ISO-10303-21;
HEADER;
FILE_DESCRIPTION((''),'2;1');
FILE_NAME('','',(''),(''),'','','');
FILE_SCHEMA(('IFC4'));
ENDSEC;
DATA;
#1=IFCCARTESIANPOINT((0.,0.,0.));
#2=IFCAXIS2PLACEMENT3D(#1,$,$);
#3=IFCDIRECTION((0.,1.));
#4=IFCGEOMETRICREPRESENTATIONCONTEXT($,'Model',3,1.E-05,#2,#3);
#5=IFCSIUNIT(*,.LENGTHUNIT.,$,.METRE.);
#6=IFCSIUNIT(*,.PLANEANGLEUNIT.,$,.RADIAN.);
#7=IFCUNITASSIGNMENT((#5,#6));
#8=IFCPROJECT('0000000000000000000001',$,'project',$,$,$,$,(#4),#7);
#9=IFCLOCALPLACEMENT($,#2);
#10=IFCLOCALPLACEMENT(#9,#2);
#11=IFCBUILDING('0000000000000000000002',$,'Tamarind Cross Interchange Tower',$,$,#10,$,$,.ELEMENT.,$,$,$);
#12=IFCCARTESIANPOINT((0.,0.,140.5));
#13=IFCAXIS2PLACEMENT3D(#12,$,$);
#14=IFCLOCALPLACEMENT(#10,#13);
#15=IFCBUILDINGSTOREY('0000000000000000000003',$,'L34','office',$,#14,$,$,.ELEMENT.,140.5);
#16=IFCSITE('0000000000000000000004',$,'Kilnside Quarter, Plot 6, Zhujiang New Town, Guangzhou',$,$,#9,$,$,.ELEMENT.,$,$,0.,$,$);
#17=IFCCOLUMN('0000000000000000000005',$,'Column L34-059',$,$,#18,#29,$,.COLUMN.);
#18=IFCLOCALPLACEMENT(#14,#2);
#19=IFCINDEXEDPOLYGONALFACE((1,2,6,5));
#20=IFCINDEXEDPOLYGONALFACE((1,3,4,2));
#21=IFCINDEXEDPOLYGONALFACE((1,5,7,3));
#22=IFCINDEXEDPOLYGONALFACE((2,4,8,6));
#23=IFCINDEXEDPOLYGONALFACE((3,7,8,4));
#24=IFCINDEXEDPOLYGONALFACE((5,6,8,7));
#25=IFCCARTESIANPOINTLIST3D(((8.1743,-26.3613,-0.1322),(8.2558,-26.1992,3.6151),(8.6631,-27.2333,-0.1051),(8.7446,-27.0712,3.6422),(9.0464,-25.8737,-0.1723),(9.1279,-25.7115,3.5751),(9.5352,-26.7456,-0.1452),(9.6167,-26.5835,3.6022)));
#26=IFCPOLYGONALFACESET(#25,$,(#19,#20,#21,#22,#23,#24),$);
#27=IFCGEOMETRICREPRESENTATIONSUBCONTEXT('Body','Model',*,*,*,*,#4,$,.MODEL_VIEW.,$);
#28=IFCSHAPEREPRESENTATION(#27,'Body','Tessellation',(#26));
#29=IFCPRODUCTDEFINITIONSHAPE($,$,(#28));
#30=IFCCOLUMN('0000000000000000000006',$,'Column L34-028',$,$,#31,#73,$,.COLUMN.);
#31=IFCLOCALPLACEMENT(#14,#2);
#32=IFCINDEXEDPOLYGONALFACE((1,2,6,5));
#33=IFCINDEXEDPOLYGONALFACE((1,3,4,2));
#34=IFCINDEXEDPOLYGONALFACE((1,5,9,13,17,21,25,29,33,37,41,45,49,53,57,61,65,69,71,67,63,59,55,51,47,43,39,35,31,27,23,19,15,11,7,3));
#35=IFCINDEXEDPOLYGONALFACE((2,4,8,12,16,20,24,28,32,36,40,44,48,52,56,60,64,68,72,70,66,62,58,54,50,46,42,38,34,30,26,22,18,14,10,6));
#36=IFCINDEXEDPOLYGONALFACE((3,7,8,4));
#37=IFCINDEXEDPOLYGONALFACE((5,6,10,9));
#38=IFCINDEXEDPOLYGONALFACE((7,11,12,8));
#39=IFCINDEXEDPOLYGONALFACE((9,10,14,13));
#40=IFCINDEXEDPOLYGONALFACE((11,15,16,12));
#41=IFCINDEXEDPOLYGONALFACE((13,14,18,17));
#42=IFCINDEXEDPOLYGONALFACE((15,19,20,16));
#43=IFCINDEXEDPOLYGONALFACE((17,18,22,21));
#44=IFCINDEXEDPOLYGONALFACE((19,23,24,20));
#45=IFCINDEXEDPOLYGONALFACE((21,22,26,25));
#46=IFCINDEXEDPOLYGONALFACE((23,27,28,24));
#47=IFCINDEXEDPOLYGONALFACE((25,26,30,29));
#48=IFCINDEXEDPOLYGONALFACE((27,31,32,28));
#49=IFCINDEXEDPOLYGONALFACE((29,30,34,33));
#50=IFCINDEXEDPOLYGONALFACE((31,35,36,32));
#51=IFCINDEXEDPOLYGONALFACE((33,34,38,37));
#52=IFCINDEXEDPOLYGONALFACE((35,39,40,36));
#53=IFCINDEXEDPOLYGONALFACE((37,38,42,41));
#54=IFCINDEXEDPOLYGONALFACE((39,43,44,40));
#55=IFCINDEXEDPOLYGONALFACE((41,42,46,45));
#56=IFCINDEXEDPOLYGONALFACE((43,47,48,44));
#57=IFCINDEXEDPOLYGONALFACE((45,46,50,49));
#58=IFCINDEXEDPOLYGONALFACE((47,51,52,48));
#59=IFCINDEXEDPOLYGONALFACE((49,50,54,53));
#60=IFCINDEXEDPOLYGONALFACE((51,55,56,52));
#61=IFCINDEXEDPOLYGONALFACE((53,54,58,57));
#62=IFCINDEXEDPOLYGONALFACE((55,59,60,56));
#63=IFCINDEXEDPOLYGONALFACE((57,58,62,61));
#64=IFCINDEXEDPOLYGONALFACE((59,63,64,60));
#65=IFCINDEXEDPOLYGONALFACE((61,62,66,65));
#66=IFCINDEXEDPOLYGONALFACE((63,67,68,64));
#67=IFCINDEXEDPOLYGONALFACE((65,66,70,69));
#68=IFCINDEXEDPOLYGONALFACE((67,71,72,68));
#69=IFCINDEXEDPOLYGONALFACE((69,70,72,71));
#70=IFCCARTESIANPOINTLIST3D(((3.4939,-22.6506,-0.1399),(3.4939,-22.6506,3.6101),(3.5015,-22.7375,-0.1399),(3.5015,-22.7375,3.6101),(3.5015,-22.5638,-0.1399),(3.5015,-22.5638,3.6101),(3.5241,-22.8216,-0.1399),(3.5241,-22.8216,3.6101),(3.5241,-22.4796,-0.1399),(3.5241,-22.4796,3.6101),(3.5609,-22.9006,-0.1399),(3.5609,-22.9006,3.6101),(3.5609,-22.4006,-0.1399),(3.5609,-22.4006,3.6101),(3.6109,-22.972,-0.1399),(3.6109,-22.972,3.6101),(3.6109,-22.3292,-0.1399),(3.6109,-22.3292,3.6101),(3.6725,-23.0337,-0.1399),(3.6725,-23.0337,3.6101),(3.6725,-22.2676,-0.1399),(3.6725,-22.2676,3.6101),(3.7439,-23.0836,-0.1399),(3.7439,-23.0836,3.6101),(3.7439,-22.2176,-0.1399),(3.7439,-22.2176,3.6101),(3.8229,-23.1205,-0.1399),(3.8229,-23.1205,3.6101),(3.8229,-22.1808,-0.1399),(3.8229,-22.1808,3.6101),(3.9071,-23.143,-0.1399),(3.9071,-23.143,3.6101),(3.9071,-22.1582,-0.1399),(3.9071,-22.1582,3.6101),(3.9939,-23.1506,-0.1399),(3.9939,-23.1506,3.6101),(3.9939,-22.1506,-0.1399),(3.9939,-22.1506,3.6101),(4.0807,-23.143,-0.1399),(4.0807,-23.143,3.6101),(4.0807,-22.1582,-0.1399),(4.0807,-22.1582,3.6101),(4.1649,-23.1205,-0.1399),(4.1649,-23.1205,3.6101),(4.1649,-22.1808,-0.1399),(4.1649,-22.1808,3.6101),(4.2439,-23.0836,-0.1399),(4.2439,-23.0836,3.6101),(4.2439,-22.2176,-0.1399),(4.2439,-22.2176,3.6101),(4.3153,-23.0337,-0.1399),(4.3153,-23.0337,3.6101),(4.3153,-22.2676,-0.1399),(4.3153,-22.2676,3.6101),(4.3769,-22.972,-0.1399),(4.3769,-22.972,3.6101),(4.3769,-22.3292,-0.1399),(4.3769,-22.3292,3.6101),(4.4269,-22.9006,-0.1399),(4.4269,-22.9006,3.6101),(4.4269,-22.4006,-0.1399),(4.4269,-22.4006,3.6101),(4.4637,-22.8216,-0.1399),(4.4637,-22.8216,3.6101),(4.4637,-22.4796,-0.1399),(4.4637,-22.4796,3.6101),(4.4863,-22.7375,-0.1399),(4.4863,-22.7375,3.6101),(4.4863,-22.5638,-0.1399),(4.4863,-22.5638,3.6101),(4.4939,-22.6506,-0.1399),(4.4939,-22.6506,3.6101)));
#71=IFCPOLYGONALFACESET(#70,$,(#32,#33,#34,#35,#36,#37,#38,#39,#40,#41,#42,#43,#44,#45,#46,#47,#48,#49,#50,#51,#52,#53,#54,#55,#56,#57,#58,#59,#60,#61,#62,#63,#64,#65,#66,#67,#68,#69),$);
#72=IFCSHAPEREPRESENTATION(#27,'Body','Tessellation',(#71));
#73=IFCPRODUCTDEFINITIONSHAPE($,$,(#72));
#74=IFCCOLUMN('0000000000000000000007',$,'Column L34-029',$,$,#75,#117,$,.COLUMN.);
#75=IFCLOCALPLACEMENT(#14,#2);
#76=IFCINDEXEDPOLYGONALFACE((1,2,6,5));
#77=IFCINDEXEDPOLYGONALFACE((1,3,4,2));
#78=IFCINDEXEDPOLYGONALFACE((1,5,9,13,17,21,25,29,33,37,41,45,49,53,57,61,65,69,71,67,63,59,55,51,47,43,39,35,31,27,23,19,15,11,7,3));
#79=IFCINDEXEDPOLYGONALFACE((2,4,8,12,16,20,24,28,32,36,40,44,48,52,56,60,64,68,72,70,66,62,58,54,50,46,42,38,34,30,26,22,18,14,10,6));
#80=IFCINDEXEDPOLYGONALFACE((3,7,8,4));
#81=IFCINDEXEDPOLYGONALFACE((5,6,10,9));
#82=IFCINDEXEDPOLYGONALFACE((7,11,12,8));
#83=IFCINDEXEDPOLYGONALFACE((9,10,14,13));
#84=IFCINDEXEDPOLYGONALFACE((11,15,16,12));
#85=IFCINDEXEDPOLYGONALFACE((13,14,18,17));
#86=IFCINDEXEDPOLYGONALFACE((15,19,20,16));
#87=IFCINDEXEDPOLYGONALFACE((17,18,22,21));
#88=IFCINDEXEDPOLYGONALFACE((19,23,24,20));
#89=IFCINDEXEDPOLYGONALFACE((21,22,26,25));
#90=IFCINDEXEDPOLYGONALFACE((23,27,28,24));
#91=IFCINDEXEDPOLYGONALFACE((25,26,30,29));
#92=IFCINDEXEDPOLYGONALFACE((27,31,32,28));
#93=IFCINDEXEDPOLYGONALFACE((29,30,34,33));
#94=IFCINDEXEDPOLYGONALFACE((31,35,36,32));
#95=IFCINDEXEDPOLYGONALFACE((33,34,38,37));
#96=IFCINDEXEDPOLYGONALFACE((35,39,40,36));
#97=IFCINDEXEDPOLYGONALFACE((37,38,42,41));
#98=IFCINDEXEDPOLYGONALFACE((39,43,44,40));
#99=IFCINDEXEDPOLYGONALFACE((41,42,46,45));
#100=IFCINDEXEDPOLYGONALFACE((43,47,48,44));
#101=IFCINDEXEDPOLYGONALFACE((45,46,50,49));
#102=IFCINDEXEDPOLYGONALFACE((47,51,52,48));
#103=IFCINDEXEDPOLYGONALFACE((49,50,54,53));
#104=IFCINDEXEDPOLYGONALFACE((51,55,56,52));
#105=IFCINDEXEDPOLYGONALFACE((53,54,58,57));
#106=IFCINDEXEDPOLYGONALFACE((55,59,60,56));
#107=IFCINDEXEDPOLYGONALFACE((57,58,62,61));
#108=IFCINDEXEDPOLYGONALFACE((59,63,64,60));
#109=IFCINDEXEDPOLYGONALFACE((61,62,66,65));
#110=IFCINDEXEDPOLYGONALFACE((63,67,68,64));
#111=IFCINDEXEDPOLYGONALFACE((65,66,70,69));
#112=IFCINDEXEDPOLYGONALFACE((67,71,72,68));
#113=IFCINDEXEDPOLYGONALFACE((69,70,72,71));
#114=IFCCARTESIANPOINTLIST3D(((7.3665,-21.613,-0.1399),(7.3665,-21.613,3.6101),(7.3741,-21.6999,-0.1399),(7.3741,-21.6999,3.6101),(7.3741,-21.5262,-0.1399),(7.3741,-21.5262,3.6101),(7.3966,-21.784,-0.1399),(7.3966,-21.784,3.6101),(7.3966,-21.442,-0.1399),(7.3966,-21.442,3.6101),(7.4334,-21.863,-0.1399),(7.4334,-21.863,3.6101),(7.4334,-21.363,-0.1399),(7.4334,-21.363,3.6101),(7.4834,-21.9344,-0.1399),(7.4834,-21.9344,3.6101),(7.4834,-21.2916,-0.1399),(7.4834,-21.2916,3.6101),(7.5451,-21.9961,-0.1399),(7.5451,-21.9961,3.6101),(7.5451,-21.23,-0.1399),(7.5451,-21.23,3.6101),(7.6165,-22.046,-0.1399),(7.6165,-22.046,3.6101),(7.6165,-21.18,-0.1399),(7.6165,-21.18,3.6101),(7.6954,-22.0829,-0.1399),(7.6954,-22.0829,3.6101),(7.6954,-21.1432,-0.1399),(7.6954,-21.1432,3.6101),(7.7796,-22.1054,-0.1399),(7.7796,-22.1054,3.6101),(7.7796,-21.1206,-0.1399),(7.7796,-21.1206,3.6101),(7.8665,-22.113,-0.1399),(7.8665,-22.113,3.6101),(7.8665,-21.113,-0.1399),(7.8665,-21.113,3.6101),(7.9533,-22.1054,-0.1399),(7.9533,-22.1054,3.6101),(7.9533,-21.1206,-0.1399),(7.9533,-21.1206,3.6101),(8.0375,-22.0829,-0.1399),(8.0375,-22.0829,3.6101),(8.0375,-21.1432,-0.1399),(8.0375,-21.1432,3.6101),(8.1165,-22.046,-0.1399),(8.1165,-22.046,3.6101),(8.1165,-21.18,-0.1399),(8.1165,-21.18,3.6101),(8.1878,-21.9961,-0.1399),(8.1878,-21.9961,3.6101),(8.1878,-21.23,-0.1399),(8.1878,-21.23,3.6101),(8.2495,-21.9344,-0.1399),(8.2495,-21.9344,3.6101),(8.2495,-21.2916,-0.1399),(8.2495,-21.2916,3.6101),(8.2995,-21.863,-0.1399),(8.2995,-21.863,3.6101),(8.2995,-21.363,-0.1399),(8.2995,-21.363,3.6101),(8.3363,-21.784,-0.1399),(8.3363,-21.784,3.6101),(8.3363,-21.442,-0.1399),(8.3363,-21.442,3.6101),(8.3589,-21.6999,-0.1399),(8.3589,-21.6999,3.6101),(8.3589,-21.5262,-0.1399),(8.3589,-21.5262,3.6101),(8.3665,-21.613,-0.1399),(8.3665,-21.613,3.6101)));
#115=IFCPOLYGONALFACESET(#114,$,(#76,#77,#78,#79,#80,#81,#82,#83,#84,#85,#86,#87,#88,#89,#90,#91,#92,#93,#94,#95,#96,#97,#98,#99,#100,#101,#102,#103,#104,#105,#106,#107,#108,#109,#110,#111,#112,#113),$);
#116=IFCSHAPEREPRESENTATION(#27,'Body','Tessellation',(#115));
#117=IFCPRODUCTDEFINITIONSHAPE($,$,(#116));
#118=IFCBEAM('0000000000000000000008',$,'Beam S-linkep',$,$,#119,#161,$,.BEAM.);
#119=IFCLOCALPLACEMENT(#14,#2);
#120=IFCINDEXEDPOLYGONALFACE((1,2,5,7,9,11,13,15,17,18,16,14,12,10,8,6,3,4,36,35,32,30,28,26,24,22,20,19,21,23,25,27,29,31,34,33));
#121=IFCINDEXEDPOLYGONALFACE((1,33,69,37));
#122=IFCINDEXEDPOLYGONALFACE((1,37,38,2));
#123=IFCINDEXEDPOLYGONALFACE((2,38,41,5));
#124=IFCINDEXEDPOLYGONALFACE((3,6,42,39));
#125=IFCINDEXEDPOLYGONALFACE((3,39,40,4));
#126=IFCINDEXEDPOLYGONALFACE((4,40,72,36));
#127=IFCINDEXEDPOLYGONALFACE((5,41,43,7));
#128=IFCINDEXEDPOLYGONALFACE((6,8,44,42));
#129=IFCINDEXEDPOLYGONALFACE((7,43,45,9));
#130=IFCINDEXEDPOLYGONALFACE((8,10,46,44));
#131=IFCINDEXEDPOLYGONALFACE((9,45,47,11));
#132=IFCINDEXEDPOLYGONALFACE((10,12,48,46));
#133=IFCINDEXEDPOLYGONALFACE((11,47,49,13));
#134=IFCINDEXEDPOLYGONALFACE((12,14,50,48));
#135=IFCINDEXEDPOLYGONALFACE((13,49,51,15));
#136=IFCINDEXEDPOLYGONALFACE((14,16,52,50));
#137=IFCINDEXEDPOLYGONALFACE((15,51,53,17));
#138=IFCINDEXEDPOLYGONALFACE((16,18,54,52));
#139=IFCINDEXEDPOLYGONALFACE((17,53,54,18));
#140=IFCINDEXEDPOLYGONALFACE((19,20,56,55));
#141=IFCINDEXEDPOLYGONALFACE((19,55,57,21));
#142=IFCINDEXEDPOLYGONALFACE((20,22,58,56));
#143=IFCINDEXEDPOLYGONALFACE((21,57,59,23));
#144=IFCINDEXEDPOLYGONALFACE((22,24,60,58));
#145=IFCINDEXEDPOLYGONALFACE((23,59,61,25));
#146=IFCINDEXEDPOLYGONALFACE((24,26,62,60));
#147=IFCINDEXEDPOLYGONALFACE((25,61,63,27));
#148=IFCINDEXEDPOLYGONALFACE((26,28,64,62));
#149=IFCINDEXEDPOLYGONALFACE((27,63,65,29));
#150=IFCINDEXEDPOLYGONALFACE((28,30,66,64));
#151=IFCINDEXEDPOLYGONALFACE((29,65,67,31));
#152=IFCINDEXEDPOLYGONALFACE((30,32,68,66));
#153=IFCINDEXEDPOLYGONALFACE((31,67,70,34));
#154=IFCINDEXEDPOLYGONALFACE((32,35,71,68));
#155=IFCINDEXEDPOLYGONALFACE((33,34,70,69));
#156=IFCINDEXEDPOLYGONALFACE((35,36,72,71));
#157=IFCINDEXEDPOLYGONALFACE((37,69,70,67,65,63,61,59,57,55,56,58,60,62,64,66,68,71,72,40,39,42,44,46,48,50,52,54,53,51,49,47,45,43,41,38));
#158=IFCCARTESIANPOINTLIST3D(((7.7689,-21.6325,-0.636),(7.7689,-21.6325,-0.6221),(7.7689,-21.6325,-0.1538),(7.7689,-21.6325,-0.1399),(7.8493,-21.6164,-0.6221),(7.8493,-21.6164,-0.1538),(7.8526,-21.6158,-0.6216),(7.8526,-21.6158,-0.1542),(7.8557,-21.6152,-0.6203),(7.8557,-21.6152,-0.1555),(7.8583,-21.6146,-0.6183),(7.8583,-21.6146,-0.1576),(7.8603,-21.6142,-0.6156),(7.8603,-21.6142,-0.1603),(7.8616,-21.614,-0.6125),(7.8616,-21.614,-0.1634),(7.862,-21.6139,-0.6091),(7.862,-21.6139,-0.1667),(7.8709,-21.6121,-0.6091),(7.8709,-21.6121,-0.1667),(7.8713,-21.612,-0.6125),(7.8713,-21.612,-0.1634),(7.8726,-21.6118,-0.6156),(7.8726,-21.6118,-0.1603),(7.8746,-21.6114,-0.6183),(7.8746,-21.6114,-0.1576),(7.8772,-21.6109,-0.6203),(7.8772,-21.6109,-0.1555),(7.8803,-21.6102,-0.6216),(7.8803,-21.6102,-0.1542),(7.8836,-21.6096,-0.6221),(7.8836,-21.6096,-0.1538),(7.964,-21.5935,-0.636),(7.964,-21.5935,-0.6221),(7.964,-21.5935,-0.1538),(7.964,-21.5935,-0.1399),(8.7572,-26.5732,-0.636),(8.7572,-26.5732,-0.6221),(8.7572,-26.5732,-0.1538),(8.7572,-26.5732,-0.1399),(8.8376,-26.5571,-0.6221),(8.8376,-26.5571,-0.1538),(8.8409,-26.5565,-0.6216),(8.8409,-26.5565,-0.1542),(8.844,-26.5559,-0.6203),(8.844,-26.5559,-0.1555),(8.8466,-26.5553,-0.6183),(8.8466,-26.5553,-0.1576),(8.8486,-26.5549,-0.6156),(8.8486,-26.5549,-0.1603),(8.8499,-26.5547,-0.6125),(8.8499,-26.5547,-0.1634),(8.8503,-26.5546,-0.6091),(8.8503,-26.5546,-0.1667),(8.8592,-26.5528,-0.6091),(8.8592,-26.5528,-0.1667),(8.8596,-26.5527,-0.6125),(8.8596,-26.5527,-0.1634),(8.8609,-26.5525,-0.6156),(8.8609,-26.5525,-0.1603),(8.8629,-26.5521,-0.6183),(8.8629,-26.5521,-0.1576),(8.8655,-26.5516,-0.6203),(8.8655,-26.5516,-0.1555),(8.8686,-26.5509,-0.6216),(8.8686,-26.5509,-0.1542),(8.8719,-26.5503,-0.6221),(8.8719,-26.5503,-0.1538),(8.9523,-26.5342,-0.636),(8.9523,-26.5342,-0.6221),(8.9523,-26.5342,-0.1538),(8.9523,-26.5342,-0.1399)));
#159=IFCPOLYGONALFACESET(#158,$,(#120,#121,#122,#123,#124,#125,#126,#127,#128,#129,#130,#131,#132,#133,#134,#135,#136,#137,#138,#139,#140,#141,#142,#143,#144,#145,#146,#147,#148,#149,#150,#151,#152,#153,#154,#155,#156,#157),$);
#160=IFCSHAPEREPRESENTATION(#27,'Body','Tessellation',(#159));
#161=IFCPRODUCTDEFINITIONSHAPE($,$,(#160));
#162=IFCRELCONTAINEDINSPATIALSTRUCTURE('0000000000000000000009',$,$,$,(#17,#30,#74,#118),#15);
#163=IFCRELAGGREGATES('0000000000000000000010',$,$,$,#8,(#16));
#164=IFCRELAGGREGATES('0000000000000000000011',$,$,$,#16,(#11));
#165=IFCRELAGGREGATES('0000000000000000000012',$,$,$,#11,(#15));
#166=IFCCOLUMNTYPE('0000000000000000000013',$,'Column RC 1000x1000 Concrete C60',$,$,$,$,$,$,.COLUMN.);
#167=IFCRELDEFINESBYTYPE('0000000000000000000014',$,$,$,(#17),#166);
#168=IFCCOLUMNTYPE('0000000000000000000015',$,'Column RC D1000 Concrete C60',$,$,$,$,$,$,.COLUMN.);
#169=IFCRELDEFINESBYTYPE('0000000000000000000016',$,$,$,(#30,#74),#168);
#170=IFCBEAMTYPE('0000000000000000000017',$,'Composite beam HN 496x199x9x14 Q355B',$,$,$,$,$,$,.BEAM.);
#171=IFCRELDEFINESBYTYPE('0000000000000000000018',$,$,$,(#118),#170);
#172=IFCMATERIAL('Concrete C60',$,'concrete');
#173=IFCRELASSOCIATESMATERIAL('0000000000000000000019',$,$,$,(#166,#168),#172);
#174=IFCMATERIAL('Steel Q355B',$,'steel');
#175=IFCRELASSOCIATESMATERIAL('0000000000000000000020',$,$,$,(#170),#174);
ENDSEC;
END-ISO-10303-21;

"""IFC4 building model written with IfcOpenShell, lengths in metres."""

from ifc_helpers import new_model, si_unit, direction, frame, origin, origin_2d, place, context, subcontext, project, spatial, rectangle, circle, i_section, extrude, material, material_profile, profile_set, type_object, element, save


model = new_model("IFC4")

# Units and contexts
model_context = context("Model", 3, precision=1e-05, world=origin(), true_north=direction((0.0, 1.0)))
body_context = subcontext(model_context, "Body", "Model", "MODEL_VIEW")
ifc_project = project(units=[si_unit("LENGTHUNIT", "METRE"), si_unit("PLANEANGLEUNIT", "RADIAN")], contexts=[model_context])

# Site, building, storey
site_placement = place(None, origin())
site = spatial("IfcSite", under=ifc_project, at=site_placement, Name="Kilnside Quarter, Plot 6, Zhujiang New Town, Guangzhou", CompositionType="ELEMENT", RefElevation=0.0)
building_placement = place(site_placement, origin())
building = spatial("IfcBuilding", under=site, at=building_placement, Name="Tamarind Cross Interchange Tower", CompositionType="ELEMENT")
storey_placement = place(building_placement, frame((0.0, 0.0, 140.5)))
storey = spatial("IfcBuildingStorey", under=building, at=storey_placement, Name="L34", Description="office", CompositionType="ELEMENT", Elevation=140.5)

# Columns
ifc_material_1 = material(Name="Concrete C60", Category="concrete")
ifc_material_profile_1 = material_profile(ifc_material_1, rectangle(XDim=1.0, YDim=1.0, at=origin_2d()), Name="RC 1000x1000")
ifc_profile_set_1 = profile_set([ifc_material_profile_1], Name="Concrete C60")
column_type_1 = type_object("IfcColumnType", Name="Column RC 1000x1000 Concrete C60", PredefinedType="COLUMN", material=ifc_profile_set_1)
column_placement = place(storey_placement, frame((8.8547, -26.5535, -0.1387), z_axis=(0.021735, 0.04321, 0.99883), x_axis=(-0.87211, -0.487666, 0.040074)))
element("IfcColumn", 1, at=column_placement, inside=storey, type_object=column_type_1, Name="Column L34-059", PredefinedType="COLUMN", context=body_context, shape_type="SweptSolid", body=[
    extrude(rectangle(XDim=1.0, YDim=1.0, at=origin_2d()), origin(), (0.0, 0.0, 1.0), 3.7517),
])
ifc_material_profile_2 = material_profile(ifc_material_1, circle(Radius=0.5, at=origin_2d()), Name="RC D1000")
ifc_profile_set_2 = profile_set([ifc_material_profile_2], Name="Concrete C60")
column_type_2 = type_object("IfcColumnType", Name="Column RC D1000 Concrete C60", PredefinedType="COLUMN", material=ifc_profile_set_2)
for number, where, z_axis, x_axis, name in (
    (2, (3.9939, -22.6506, -0.1399), (0.0, 0.0, 1.0), (1.0, 0.0, 0.0), "Column L34-028"),
    (3, (7.8665, -21.613, -0.1399), (0.0, 0.0, 1.0), (1.0, 0.0, 0.0), "Column L34-029"),
):
    element("IfcColumn", number, at=place(storey_placement, frame(where, z_axis=z_axis, x_axis=x_axis)), inside=storey, type_object=column_type_2, Name=name, PredefinedType="COLUMN", context=body_context, shape_type="SweptSolid", body=[
        extrude(circle(Radius=0.5, at=origin_2d()), origin(), (0.0, 0.0, 1.0), 3.75),
    ])

# Beam
ifc_material_2 = material(Name="Steel Q355B", Category="steel")
ifc_material_profile_3 = material_profile(ifc_material_2, i_section(OverallWidth=0.199, OverallDepth=0.4961, WebThickness=0.009, FlangeThickness=0.0139, FilletRadius=0.0129, at=origin_2d()), Name="HN 496x199x9x14")
ifc_profile_set_3 = profile_set([ifc_material_profile_3], Name="Steel Q355B")
beam_type_1 = type_object("IfcBeamType", Name="Composite beam HN 496x199x9x14 Q355B", PredefinedType="BEAM", material=ifc_profile_set_3)
beam_1_placement = place(storey_placement, frame((8.8547, -26.5537, -0.3879), z_axis=(-0.196144, 0.980575, 0.0), x_axis=(-0.980575, -0.196144, 0.0)))
element("IfcBeam", 4, at=beam_1_placement, inside=storey, type_object=beam_type_1, Name="Beam S-linkep", PredefinedType="BEAM", context=body_context, shape_type="SweptSolid", body=[
    extrude(i_section(OverallWidth=0.199, OverallDepth=0.4961, WebThickness=0.009, FlangeThickness=0.0139, FilletRadius=0.0129, at=origin_2d()), origin(), (0.0, 0.0, 1.0), 5.0386),
])

save(model, "model.ifc")
